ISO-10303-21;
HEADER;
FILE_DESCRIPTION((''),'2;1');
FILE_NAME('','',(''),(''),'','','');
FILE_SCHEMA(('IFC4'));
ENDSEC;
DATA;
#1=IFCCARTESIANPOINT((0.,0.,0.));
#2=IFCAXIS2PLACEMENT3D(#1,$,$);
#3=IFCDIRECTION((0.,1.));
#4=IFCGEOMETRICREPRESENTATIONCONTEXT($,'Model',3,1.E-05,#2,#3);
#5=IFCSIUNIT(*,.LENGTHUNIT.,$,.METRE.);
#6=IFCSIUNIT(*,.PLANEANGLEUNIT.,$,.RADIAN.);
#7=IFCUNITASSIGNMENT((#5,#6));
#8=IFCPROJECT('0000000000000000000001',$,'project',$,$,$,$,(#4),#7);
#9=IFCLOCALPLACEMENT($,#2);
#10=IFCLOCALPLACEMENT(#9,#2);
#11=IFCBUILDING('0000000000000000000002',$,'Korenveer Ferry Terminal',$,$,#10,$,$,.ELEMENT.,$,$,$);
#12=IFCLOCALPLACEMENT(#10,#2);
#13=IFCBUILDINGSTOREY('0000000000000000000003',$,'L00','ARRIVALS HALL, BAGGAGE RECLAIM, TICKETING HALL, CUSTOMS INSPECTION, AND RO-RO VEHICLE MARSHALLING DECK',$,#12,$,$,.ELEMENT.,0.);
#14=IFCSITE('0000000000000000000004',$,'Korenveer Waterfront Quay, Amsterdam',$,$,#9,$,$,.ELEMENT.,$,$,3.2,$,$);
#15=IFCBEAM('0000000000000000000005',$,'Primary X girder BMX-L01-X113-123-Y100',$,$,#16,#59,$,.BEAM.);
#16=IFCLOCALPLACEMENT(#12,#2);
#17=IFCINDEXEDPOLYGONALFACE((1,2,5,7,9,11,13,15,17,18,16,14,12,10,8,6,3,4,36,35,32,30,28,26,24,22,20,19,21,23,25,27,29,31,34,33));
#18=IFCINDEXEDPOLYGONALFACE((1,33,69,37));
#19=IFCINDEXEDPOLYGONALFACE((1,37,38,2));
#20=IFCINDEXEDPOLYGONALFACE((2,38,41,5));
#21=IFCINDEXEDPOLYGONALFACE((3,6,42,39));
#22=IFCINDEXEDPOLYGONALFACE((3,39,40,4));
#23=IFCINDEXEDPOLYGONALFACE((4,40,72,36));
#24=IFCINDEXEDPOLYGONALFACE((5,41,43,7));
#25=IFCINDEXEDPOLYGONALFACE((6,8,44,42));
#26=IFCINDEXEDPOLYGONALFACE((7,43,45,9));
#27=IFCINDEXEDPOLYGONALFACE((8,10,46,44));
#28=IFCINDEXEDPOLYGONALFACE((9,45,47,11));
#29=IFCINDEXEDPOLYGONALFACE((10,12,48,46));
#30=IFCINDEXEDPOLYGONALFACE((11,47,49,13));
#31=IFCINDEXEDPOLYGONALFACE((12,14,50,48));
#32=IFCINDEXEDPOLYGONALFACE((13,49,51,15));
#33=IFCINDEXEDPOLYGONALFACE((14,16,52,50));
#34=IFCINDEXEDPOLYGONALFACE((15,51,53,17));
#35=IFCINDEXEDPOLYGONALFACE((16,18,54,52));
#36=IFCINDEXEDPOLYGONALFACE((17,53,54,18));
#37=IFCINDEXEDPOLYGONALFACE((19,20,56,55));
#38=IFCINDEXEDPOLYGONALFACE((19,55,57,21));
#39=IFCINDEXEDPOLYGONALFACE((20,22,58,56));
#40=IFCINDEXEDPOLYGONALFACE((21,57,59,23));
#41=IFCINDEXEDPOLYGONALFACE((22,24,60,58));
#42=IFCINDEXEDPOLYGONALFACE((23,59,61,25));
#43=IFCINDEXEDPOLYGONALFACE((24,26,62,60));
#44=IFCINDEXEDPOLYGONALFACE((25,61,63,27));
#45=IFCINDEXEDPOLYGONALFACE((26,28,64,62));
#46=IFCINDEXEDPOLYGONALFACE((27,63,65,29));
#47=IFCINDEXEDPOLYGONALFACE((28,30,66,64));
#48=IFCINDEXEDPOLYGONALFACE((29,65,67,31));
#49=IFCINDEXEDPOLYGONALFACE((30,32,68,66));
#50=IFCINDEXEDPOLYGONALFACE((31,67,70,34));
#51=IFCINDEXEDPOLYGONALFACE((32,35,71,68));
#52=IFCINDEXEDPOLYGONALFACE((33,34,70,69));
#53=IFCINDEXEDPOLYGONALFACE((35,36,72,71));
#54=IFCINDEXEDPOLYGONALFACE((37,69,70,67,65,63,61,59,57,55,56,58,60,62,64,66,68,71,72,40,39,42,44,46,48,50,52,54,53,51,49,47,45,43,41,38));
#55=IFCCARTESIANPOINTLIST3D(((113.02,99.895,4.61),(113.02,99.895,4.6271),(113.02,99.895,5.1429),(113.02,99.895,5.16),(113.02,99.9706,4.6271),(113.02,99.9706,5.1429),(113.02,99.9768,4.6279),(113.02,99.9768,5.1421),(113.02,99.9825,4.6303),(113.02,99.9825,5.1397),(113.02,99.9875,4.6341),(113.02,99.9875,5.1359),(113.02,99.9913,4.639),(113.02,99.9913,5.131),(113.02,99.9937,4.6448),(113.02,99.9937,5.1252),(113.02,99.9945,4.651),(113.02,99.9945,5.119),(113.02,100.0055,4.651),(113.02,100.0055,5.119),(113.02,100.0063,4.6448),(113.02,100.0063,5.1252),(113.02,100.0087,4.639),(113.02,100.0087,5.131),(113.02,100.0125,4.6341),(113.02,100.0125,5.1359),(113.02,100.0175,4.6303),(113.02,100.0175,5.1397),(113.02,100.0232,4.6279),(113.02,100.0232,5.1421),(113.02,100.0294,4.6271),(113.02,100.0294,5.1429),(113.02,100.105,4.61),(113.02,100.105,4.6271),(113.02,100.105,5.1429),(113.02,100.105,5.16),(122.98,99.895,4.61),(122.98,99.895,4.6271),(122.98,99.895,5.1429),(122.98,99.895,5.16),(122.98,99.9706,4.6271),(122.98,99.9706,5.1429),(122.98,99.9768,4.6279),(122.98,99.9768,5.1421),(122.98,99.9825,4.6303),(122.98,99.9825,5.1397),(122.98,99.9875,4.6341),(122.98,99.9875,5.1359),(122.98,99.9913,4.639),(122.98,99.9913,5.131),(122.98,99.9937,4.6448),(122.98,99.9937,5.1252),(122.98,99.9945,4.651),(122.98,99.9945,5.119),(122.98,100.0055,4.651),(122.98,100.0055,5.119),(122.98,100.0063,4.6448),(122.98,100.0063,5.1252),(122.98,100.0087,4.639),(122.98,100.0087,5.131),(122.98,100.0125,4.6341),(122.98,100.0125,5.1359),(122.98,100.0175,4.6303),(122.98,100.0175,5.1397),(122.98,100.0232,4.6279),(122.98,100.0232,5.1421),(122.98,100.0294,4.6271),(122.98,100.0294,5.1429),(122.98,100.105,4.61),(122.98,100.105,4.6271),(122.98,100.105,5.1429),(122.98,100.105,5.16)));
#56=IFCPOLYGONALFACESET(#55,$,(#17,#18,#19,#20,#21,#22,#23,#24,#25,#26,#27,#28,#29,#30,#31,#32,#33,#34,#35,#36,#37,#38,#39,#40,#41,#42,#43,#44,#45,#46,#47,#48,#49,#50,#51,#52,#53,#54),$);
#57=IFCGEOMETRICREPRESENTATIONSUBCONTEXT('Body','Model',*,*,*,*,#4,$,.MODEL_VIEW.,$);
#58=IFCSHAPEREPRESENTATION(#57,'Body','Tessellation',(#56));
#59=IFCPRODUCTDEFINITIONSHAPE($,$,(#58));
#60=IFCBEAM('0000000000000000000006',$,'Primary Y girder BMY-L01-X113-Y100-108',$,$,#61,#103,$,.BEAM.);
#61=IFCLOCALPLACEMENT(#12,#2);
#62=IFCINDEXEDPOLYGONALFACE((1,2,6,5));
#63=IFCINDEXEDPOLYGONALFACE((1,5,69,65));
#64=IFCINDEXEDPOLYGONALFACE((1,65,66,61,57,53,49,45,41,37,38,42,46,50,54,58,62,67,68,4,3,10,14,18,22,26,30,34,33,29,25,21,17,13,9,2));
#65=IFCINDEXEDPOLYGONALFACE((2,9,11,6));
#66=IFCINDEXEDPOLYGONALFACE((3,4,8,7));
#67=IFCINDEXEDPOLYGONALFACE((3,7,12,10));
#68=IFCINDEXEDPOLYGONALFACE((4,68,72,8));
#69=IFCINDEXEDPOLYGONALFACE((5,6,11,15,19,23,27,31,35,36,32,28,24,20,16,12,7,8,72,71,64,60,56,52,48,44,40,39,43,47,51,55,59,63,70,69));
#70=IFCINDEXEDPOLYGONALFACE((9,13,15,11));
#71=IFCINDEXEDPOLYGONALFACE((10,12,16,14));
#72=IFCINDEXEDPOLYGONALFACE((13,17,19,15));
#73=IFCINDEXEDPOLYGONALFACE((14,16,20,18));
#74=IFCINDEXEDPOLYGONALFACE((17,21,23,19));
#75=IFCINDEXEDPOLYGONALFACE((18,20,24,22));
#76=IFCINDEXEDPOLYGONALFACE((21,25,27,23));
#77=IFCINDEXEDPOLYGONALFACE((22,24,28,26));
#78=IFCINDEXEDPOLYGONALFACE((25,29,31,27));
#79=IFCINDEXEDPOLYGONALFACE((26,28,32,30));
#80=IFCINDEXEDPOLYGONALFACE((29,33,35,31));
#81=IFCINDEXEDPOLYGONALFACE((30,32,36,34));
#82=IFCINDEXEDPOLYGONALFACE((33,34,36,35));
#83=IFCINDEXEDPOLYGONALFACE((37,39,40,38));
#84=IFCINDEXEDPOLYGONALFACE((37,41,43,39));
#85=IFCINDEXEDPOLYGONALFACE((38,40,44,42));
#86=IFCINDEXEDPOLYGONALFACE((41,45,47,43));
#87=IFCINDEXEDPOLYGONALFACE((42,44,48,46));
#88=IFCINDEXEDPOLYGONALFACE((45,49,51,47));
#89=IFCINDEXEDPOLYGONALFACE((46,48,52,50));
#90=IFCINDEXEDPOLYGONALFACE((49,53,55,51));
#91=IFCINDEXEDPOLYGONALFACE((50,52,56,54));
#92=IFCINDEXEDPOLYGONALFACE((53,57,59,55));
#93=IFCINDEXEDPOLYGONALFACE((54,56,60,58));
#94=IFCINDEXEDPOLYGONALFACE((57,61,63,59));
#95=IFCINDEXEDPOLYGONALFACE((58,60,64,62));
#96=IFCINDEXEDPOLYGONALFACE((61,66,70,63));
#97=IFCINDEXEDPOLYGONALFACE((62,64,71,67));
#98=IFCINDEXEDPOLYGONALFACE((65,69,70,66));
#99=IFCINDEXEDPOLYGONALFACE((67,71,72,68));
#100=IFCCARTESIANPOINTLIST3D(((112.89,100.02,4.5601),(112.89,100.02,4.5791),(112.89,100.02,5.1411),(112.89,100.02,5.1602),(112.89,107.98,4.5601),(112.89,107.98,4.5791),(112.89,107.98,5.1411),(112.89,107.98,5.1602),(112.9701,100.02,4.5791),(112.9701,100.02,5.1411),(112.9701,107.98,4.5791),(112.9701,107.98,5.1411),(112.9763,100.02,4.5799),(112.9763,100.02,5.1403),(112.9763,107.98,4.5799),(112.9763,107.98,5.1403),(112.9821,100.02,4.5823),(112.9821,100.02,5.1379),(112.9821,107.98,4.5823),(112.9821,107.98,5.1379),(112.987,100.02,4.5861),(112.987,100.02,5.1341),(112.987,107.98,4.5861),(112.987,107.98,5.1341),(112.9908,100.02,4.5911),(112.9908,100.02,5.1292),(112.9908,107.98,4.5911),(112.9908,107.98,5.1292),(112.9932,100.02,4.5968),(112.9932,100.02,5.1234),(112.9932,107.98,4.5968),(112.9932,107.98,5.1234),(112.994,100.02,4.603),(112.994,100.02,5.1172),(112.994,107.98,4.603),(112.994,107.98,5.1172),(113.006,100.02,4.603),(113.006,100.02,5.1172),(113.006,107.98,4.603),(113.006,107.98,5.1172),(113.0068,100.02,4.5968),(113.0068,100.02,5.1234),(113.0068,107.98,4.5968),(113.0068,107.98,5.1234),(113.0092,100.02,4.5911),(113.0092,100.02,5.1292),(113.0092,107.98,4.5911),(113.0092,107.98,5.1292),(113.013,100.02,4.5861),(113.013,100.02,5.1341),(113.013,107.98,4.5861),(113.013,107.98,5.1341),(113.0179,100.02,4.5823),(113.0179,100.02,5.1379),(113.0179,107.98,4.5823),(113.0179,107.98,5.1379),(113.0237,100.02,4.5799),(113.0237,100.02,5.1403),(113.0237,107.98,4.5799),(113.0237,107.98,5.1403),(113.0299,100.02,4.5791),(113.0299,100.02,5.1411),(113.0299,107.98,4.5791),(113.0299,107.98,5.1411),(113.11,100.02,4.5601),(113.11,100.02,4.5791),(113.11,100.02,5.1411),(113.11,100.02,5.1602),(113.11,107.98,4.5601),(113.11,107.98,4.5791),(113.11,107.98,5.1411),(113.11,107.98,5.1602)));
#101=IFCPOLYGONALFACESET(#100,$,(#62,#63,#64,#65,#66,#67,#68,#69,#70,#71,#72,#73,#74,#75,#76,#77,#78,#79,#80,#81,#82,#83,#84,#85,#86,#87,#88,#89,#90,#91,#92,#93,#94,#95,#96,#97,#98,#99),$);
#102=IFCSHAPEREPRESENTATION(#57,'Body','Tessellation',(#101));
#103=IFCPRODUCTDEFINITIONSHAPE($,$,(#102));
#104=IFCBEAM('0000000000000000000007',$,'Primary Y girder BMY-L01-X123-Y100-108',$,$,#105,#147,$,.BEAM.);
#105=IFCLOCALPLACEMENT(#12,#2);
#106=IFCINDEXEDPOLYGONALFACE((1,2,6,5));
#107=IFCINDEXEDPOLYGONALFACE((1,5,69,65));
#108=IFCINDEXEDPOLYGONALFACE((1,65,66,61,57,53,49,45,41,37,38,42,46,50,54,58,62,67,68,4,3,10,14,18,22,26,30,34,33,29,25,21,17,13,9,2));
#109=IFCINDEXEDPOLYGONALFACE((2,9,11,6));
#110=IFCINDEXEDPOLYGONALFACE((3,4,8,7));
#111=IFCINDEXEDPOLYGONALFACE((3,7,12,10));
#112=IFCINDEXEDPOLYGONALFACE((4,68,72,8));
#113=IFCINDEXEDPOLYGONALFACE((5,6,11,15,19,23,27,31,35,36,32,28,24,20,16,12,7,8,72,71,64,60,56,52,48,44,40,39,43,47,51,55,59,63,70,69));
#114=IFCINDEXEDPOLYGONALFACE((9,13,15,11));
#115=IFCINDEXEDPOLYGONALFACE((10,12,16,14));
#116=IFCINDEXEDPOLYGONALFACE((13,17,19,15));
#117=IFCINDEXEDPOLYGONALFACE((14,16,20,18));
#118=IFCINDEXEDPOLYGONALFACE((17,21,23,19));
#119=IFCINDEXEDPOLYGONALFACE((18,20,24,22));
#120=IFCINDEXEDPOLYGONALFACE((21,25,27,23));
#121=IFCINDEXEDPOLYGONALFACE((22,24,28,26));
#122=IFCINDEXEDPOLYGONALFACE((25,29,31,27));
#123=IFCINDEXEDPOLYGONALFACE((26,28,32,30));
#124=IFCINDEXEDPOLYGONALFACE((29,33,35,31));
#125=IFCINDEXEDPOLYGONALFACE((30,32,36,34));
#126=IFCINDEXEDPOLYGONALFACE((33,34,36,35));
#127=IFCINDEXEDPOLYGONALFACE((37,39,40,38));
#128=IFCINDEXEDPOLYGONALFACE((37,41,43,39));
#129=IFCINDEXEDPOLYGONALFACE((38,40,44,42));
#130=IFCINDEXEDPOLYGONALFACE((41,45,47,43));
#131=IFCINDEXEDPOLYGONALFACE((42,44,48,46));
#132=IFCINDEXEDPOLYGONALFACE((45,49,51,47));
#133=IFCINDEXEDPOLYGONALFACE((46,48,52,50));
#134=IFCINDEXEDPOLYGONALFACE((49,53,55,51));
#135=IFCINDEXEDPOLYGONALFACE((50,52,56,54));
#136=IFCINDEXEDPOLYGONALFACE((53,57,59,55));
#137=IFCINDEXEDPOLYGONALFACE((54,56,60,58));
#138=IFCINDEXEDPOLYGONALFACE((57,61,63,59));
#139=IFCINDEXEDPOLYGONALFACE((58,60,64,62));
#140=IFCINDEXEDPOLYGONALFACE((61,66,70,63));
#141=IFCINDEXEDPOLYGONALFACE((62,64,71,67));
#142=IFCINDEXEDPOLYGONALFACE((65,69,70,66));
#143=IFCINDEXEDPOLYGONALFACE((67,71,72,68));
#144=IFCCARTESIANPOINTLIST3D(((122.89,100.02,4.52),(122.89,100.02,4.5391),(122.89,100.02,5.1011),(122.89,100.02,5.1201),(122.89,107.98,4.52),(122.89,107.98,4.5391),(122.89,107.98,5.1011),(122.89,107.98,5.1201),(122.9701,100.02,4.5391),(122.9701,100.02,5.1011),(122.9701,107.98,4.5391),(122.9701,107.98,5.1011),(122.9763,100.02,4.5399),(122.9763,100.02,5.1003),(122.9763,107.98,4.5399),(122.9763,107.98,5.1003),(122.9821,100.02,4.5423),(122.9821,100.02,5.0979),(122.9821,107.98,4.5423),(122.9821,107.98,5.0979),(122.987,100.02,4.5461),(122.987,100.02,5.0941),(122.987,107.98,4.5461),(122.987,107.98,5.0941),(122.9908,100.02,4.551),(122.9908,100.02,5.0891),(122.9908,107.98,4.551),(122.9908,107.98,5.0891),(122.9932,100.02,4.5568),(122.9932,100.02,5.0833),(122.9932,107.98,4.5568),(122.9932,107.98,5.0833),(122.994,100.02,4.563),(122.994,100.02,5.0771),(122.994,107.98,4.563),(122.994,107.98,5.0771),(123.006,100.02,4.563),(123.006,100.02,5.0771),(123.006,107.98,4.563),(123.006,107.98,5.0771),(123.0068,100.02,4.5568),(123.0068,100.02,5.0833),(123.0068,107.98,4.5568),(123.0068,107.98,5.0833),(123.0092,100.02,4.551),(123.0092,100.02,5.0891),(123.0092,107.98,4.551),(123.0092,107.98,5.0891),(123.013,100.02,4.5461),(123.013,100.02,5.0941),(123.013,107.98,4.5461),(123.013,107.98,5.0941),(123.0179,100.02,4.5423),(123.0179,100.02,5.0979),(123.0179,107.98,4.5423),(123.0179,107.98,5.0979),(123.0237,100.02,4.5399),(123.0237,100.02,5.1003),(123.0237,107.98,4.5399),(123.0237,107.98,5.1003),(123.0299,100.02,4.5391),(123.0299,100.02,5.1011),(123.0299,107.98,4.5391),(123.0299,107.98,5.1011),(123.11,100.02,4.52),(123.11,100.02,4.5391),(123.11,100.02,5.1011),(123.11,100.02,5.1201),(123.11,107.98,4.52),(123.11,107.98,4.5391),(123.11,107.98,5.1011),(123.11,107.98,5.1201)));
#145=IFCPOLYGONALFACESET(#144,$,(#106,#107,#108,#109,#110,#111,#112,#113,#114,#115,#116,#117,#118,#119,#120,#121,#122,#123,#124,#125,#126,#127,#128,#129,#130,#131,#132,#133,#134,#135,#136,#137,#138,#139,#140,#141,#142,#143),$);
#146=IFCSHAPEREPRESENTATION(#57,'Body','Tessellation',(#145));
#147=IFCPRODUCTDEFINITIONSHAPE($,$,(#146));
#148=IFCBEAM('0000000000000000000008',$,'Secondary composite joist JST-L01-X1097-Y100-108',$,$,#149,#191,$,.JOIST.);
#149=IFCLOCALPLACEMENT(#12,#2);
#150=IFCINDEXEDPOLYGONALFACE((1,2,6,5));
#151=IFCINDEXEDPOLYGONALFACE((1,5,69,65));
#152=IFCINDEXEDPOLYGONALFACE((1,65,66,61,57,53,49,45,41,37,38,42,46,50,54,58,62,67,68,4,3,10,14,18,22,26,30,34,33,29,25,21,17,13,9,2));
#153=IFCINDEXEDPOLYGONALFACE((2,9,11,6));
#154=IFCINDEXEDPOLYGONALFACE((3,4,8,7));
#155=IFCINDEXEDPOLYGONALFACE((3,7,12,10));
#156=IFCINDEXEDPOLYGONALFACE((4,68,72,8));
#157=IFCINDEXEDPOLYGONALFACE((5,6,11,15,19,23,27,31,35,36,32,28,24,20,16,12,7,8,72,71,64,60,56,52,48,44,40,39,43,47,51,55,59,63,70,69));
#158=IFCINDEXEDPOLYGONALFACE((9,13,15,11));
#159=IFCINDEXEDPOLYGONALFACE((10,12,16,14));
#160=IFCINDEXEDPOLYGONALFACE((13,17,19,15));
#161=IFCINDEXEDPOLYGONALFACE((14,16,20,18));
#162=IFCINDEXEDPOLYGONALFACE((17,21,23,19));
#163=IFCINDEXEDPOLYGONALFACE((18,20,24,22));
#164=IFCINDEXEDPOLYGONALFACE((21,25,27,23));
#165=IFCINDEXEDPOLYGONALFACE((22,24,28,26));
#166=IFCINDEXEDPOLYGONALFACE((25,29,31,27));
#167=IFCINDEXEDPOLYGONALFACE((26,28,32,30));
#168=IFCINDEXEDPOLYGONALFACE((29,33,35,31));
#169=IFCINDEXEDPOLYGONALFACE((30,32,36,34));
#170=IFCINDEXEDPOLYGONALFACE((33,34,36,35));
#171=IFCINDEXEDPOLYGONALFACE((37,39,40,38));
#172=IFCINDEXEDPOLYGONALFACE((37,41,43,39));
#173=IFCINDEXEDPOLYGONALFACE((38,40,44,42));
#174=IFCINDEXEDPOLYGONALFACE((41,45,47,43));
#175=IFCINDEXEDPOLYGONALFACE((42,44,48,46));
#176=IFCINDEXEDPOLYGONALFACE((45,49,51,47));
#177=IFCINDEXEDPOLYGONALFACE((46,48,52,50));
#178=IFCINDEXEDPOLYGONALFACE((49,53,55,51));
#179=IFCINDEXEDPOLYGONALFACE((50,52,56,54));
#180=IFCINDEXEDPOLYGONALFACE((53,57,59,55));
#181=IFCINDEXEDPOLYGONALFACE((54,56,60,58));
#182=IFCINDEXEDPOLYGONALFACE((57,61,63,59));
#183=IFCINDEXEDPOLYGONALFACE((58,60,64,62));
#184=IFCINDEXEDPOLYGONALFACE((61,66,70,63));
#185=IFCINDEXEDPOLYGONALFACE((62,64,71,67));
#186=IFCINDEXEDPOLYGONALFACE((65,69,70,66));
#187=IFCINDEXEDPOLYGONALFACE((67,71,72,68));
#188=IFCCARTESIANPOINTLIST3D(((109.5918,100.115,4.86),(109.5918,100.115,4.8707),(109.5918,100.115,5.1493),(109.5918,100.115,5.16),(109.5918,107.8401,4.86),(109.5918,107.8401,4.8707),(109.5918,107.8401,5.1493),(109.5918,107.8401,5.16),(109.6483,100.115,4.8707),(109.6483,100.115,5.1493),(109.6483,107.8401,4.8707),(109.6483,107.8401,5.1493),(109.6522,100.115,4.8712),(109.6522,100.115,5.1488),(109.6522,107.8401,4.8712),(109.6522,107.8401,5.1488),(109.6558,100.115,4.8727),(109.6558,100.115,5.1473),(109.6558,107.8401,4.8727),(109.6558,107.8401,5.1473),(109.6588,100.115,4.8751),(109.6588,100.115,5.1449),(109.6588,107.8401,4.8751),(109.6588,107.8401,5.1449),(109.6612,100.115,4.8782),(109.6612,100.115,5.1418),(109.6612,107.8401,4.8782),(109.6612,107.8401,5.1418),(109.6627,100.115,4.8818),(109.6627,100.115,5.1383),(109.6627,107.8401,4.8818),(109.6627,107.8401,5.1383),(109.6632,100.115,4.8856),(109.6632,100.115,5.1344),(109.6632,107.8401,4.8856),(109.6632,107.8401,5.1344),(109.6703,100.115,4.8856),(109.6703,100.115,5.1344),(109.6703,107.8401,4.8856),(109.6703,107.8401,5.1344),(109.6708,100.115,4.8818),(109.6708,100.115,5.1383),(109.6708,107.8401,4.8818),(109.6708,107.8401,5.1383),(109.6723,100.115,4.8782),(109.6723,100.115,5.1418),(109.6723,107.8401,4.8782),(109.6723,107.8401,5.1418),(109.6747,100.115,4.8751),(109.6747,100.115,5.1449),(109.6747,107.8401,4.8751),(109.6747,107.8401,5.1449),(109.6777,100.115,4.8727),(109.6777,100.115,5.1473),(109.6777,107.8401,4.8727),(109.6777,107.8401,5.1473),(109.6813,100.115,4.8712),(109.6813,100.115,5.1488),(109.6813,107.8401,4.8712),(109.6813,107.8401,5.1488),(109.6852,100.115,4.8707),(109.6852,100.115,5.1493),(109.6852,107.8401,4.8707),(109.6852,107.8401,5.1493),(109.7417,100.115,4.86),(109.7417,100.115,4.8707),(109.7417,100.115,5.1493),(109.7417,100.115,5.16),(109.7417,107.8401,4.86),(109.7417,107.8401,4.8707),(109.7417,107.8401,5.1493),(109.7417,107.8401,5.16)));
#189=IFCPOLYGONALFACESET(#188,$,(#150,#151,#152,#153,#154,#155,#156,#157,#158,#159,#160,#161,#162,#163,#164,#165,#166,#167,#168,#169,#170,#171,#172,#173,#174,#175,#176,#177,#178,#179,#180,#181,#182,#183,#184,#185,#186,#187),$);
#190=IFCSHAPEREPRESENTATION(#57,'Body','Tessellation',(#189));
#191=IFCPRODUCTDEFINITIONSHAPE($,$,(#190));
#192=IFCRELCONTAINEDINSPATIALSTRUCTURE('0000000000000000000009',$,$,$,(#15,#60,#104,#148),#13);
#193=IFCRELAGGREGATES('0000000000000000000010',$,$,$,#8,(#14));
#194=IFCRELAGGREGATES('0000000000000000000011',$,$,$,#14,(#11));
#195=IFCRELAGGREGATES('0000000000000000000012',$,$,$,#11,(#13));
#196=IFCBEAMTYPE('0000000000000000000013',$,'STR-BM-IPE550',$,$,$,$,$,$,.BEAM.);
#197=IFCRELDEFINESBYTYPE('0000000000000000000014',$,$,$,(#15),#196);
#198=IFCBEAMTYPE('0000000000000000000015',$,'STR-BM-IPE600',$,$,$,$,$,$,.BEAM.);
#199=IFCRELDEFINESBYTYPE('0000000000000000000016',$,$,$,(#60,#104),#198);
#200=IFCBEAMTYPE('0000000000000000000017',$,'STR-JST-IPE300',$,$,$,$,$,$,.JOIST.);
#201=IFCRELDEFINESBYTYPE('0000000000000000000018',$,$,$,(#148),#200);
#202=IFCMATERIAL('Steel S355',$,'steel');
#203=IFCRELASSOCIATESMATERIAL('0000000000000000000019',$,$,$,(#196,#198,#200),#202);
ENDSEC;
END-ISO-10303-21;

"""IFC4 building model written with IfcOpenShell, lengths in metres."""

from ifc_helpers import new_model, si_unit, direction, frame, origin, origin_2d, place, context, subcontext, project, spatial, i_section, extrude, material, material_profile, profile_set, type_object, element, save


model = new_model("IFC4")

# Units and contexts
model_context = context("Model", 3, precision=1e-05, world=origin(), true_north=direction((0.0, 1.0)))
body_context = subcontext(model_context, "Body", "Model", "MODEL_VIEW")
ifc_project = project(units=[si_unit("LENGTHUNIT", "METRE"), si_unit("PLANEANGLEUNIT", "RADIAN")], contexts=[model_context])

# Site, building, storey
site_placement = place(None, origin())
site = spatial("IfcSite", under=ifc_project, at=site_placement, Name="Korenveer Waterfront Quay, Amsterdam", CompositionType="ELEMENT", RefElevation=3.2)
building_placement = place(site_placement, origin())
building = spatial("IfcBuilding", under=site, at=building_placement, Name="Korenveer Ferry Terminal", CompositionType="ELEMENT")
storey_placement = place(building_placement, origin())
storey = spatial("IfcBuildingStorey", under=building, at=storey_placement, Name="L00", Description="ARRIVALS HALL, BAGGAGE RECLAIM, TICKETING HALL, CUSTOMS INSPECTION, AND RO-RO VEHICLE MARSHALLING DECK", CompositionType="ELEMENT", Elevation=0.0)

# Beams
ifc_material_1 = material(Name="Steel S355", Category="steel")
ifc_material_profile_1 = material_profile(ifc_material_1, i_section(OverallWidth=0.21, OverallDepth=0.55, WebThickness=0.011, FlangeThickness=0.0171, FilletRadius=0.0239, at=origin_2d()), Name="IPE 550")
ifc_profile_set_1 = profile_set([ifc_material_profile_1], Name="Steel S355")
beam_type_1 = type_object("IfcBeamType", Name="STR-BM-IPE550", PredefinedType="BEAM", material=ifc_profile_set_1)
beam_1_placement = place(storey_placement, frame((113.02, 100.0, 4.885), z_axis=(1.0, 0.0, 0.0), x_axis=(0.0, 1.0, 0.0)))
element("IfcBeam", 1, at=beam_1_placement, inside=storey, type_object=beam_type_1, Name="Primary X girder BMX-L01-X113-123-Y100", PredefinedType="BEAM", context=body_context, shape_type="SweptSolid", body=[
    extrude(i_section(OverallWidth=0.21, OverallDepth=0.55, WebThickness=0.011, FlangeThickness=0.0171, FilletRadius=0.0239, at=origin_2d()), origin(), (0.0, 0.0, 1.0), 9.96),
])
ifc_material_profile_2 = material_profile(ifc_material_1, i_section(OverallWidth=0.22, OverallDepth=0.6001, WebThickness=0.012, FlangeThickness=0.019, FilletRadius=0.0239, at=origin_2d()), Name="IPE 600")
ifc_profile_set_2 = profile_set([ifc_material_profile_2], Name="Steel S355")
beam_type_2 = type_object("IfcBeamType", Name="STR-BM-IPE600", PredefinedType="BEAM", material=ifc_profile_set_2)
for number, where, z_axis, x_axis, name in (
    (2, (113.0, 100.02, 4.8601), (0.0, 1.0, 0.0), (-1.0, 0.0, 0.0), "Primary Y girder BMY-L01-X113-Y100-108"),
    (3, (123.0, 100.02, 4.8201), (0.0, 1.0, 0.0), (-1.0, 0.0, 0.0), "Primary Y girder BMY-L01-X123-Y100-108"),
):
    element("IfcBeam", number, at=place(storey_placement, frame(where, z_axis=z_axis, x_axis=x_axis)), inside=storey, type_object=beam_type_2, Name=name, PredefinedType="BEAM", context=body_context, shape_type="SweptSolid", body=[
        extrude(i_section(OverallWidth=0.22, OverallDepth=0.6001, WebThickness=0.012, FlangeThickness=0.019, FilletRadius=0.0239, at=origin_2d()), origin(), (0.0, 0.0, 1.0), 7.96),
    ])
ifc_material_profile_3 = material_profile(ifc_material_1, i_section(OverallWidth=0.1499, OverallDepth=0.3, WebThickness=0.0071, FlangeThickness=0.0107, FilletRadius=0.0149, at=origin_2d()), Name="IPE 300")
ifc_profile_set_3 = profile_set([ifc_material_profile_3], Name="Steel S355")
beam_type_3 = type_object("IfcBeamType", Name="STR-JST-IPE300", PredefinedType="JOIST", material=ifc_profile_set_3)
for number, where, z_axis, x_axis, name in (
    (4, (109.6667, 100.115, 5.01), (0.0, 1.0, 0.0), (-1.0, 0.0, 0.0), "Secondary composite joist JST-L01-X1097-Y100-108"),
):
    element("IfcBeam", number, at=place(storey_placement, frame(where, z_axis=z_axis, x_axis=x_axis)), inside=storey, type_object=beam_type_3, Name=name, PredefinedType="JOIST", context=body_context, shape_type="SweptSolid", body=[
        extrude(i_section(OverallWidth=0.1499, OverallDepth=0.3, WebThickness=0.0071, FlangeThickness=0.0107, FilletRadius=0.0149, at=origin_2d()), origin(), (0.0, 0.0, 1.0), 7.7251),
    ])

save(model, "model.ifc")
